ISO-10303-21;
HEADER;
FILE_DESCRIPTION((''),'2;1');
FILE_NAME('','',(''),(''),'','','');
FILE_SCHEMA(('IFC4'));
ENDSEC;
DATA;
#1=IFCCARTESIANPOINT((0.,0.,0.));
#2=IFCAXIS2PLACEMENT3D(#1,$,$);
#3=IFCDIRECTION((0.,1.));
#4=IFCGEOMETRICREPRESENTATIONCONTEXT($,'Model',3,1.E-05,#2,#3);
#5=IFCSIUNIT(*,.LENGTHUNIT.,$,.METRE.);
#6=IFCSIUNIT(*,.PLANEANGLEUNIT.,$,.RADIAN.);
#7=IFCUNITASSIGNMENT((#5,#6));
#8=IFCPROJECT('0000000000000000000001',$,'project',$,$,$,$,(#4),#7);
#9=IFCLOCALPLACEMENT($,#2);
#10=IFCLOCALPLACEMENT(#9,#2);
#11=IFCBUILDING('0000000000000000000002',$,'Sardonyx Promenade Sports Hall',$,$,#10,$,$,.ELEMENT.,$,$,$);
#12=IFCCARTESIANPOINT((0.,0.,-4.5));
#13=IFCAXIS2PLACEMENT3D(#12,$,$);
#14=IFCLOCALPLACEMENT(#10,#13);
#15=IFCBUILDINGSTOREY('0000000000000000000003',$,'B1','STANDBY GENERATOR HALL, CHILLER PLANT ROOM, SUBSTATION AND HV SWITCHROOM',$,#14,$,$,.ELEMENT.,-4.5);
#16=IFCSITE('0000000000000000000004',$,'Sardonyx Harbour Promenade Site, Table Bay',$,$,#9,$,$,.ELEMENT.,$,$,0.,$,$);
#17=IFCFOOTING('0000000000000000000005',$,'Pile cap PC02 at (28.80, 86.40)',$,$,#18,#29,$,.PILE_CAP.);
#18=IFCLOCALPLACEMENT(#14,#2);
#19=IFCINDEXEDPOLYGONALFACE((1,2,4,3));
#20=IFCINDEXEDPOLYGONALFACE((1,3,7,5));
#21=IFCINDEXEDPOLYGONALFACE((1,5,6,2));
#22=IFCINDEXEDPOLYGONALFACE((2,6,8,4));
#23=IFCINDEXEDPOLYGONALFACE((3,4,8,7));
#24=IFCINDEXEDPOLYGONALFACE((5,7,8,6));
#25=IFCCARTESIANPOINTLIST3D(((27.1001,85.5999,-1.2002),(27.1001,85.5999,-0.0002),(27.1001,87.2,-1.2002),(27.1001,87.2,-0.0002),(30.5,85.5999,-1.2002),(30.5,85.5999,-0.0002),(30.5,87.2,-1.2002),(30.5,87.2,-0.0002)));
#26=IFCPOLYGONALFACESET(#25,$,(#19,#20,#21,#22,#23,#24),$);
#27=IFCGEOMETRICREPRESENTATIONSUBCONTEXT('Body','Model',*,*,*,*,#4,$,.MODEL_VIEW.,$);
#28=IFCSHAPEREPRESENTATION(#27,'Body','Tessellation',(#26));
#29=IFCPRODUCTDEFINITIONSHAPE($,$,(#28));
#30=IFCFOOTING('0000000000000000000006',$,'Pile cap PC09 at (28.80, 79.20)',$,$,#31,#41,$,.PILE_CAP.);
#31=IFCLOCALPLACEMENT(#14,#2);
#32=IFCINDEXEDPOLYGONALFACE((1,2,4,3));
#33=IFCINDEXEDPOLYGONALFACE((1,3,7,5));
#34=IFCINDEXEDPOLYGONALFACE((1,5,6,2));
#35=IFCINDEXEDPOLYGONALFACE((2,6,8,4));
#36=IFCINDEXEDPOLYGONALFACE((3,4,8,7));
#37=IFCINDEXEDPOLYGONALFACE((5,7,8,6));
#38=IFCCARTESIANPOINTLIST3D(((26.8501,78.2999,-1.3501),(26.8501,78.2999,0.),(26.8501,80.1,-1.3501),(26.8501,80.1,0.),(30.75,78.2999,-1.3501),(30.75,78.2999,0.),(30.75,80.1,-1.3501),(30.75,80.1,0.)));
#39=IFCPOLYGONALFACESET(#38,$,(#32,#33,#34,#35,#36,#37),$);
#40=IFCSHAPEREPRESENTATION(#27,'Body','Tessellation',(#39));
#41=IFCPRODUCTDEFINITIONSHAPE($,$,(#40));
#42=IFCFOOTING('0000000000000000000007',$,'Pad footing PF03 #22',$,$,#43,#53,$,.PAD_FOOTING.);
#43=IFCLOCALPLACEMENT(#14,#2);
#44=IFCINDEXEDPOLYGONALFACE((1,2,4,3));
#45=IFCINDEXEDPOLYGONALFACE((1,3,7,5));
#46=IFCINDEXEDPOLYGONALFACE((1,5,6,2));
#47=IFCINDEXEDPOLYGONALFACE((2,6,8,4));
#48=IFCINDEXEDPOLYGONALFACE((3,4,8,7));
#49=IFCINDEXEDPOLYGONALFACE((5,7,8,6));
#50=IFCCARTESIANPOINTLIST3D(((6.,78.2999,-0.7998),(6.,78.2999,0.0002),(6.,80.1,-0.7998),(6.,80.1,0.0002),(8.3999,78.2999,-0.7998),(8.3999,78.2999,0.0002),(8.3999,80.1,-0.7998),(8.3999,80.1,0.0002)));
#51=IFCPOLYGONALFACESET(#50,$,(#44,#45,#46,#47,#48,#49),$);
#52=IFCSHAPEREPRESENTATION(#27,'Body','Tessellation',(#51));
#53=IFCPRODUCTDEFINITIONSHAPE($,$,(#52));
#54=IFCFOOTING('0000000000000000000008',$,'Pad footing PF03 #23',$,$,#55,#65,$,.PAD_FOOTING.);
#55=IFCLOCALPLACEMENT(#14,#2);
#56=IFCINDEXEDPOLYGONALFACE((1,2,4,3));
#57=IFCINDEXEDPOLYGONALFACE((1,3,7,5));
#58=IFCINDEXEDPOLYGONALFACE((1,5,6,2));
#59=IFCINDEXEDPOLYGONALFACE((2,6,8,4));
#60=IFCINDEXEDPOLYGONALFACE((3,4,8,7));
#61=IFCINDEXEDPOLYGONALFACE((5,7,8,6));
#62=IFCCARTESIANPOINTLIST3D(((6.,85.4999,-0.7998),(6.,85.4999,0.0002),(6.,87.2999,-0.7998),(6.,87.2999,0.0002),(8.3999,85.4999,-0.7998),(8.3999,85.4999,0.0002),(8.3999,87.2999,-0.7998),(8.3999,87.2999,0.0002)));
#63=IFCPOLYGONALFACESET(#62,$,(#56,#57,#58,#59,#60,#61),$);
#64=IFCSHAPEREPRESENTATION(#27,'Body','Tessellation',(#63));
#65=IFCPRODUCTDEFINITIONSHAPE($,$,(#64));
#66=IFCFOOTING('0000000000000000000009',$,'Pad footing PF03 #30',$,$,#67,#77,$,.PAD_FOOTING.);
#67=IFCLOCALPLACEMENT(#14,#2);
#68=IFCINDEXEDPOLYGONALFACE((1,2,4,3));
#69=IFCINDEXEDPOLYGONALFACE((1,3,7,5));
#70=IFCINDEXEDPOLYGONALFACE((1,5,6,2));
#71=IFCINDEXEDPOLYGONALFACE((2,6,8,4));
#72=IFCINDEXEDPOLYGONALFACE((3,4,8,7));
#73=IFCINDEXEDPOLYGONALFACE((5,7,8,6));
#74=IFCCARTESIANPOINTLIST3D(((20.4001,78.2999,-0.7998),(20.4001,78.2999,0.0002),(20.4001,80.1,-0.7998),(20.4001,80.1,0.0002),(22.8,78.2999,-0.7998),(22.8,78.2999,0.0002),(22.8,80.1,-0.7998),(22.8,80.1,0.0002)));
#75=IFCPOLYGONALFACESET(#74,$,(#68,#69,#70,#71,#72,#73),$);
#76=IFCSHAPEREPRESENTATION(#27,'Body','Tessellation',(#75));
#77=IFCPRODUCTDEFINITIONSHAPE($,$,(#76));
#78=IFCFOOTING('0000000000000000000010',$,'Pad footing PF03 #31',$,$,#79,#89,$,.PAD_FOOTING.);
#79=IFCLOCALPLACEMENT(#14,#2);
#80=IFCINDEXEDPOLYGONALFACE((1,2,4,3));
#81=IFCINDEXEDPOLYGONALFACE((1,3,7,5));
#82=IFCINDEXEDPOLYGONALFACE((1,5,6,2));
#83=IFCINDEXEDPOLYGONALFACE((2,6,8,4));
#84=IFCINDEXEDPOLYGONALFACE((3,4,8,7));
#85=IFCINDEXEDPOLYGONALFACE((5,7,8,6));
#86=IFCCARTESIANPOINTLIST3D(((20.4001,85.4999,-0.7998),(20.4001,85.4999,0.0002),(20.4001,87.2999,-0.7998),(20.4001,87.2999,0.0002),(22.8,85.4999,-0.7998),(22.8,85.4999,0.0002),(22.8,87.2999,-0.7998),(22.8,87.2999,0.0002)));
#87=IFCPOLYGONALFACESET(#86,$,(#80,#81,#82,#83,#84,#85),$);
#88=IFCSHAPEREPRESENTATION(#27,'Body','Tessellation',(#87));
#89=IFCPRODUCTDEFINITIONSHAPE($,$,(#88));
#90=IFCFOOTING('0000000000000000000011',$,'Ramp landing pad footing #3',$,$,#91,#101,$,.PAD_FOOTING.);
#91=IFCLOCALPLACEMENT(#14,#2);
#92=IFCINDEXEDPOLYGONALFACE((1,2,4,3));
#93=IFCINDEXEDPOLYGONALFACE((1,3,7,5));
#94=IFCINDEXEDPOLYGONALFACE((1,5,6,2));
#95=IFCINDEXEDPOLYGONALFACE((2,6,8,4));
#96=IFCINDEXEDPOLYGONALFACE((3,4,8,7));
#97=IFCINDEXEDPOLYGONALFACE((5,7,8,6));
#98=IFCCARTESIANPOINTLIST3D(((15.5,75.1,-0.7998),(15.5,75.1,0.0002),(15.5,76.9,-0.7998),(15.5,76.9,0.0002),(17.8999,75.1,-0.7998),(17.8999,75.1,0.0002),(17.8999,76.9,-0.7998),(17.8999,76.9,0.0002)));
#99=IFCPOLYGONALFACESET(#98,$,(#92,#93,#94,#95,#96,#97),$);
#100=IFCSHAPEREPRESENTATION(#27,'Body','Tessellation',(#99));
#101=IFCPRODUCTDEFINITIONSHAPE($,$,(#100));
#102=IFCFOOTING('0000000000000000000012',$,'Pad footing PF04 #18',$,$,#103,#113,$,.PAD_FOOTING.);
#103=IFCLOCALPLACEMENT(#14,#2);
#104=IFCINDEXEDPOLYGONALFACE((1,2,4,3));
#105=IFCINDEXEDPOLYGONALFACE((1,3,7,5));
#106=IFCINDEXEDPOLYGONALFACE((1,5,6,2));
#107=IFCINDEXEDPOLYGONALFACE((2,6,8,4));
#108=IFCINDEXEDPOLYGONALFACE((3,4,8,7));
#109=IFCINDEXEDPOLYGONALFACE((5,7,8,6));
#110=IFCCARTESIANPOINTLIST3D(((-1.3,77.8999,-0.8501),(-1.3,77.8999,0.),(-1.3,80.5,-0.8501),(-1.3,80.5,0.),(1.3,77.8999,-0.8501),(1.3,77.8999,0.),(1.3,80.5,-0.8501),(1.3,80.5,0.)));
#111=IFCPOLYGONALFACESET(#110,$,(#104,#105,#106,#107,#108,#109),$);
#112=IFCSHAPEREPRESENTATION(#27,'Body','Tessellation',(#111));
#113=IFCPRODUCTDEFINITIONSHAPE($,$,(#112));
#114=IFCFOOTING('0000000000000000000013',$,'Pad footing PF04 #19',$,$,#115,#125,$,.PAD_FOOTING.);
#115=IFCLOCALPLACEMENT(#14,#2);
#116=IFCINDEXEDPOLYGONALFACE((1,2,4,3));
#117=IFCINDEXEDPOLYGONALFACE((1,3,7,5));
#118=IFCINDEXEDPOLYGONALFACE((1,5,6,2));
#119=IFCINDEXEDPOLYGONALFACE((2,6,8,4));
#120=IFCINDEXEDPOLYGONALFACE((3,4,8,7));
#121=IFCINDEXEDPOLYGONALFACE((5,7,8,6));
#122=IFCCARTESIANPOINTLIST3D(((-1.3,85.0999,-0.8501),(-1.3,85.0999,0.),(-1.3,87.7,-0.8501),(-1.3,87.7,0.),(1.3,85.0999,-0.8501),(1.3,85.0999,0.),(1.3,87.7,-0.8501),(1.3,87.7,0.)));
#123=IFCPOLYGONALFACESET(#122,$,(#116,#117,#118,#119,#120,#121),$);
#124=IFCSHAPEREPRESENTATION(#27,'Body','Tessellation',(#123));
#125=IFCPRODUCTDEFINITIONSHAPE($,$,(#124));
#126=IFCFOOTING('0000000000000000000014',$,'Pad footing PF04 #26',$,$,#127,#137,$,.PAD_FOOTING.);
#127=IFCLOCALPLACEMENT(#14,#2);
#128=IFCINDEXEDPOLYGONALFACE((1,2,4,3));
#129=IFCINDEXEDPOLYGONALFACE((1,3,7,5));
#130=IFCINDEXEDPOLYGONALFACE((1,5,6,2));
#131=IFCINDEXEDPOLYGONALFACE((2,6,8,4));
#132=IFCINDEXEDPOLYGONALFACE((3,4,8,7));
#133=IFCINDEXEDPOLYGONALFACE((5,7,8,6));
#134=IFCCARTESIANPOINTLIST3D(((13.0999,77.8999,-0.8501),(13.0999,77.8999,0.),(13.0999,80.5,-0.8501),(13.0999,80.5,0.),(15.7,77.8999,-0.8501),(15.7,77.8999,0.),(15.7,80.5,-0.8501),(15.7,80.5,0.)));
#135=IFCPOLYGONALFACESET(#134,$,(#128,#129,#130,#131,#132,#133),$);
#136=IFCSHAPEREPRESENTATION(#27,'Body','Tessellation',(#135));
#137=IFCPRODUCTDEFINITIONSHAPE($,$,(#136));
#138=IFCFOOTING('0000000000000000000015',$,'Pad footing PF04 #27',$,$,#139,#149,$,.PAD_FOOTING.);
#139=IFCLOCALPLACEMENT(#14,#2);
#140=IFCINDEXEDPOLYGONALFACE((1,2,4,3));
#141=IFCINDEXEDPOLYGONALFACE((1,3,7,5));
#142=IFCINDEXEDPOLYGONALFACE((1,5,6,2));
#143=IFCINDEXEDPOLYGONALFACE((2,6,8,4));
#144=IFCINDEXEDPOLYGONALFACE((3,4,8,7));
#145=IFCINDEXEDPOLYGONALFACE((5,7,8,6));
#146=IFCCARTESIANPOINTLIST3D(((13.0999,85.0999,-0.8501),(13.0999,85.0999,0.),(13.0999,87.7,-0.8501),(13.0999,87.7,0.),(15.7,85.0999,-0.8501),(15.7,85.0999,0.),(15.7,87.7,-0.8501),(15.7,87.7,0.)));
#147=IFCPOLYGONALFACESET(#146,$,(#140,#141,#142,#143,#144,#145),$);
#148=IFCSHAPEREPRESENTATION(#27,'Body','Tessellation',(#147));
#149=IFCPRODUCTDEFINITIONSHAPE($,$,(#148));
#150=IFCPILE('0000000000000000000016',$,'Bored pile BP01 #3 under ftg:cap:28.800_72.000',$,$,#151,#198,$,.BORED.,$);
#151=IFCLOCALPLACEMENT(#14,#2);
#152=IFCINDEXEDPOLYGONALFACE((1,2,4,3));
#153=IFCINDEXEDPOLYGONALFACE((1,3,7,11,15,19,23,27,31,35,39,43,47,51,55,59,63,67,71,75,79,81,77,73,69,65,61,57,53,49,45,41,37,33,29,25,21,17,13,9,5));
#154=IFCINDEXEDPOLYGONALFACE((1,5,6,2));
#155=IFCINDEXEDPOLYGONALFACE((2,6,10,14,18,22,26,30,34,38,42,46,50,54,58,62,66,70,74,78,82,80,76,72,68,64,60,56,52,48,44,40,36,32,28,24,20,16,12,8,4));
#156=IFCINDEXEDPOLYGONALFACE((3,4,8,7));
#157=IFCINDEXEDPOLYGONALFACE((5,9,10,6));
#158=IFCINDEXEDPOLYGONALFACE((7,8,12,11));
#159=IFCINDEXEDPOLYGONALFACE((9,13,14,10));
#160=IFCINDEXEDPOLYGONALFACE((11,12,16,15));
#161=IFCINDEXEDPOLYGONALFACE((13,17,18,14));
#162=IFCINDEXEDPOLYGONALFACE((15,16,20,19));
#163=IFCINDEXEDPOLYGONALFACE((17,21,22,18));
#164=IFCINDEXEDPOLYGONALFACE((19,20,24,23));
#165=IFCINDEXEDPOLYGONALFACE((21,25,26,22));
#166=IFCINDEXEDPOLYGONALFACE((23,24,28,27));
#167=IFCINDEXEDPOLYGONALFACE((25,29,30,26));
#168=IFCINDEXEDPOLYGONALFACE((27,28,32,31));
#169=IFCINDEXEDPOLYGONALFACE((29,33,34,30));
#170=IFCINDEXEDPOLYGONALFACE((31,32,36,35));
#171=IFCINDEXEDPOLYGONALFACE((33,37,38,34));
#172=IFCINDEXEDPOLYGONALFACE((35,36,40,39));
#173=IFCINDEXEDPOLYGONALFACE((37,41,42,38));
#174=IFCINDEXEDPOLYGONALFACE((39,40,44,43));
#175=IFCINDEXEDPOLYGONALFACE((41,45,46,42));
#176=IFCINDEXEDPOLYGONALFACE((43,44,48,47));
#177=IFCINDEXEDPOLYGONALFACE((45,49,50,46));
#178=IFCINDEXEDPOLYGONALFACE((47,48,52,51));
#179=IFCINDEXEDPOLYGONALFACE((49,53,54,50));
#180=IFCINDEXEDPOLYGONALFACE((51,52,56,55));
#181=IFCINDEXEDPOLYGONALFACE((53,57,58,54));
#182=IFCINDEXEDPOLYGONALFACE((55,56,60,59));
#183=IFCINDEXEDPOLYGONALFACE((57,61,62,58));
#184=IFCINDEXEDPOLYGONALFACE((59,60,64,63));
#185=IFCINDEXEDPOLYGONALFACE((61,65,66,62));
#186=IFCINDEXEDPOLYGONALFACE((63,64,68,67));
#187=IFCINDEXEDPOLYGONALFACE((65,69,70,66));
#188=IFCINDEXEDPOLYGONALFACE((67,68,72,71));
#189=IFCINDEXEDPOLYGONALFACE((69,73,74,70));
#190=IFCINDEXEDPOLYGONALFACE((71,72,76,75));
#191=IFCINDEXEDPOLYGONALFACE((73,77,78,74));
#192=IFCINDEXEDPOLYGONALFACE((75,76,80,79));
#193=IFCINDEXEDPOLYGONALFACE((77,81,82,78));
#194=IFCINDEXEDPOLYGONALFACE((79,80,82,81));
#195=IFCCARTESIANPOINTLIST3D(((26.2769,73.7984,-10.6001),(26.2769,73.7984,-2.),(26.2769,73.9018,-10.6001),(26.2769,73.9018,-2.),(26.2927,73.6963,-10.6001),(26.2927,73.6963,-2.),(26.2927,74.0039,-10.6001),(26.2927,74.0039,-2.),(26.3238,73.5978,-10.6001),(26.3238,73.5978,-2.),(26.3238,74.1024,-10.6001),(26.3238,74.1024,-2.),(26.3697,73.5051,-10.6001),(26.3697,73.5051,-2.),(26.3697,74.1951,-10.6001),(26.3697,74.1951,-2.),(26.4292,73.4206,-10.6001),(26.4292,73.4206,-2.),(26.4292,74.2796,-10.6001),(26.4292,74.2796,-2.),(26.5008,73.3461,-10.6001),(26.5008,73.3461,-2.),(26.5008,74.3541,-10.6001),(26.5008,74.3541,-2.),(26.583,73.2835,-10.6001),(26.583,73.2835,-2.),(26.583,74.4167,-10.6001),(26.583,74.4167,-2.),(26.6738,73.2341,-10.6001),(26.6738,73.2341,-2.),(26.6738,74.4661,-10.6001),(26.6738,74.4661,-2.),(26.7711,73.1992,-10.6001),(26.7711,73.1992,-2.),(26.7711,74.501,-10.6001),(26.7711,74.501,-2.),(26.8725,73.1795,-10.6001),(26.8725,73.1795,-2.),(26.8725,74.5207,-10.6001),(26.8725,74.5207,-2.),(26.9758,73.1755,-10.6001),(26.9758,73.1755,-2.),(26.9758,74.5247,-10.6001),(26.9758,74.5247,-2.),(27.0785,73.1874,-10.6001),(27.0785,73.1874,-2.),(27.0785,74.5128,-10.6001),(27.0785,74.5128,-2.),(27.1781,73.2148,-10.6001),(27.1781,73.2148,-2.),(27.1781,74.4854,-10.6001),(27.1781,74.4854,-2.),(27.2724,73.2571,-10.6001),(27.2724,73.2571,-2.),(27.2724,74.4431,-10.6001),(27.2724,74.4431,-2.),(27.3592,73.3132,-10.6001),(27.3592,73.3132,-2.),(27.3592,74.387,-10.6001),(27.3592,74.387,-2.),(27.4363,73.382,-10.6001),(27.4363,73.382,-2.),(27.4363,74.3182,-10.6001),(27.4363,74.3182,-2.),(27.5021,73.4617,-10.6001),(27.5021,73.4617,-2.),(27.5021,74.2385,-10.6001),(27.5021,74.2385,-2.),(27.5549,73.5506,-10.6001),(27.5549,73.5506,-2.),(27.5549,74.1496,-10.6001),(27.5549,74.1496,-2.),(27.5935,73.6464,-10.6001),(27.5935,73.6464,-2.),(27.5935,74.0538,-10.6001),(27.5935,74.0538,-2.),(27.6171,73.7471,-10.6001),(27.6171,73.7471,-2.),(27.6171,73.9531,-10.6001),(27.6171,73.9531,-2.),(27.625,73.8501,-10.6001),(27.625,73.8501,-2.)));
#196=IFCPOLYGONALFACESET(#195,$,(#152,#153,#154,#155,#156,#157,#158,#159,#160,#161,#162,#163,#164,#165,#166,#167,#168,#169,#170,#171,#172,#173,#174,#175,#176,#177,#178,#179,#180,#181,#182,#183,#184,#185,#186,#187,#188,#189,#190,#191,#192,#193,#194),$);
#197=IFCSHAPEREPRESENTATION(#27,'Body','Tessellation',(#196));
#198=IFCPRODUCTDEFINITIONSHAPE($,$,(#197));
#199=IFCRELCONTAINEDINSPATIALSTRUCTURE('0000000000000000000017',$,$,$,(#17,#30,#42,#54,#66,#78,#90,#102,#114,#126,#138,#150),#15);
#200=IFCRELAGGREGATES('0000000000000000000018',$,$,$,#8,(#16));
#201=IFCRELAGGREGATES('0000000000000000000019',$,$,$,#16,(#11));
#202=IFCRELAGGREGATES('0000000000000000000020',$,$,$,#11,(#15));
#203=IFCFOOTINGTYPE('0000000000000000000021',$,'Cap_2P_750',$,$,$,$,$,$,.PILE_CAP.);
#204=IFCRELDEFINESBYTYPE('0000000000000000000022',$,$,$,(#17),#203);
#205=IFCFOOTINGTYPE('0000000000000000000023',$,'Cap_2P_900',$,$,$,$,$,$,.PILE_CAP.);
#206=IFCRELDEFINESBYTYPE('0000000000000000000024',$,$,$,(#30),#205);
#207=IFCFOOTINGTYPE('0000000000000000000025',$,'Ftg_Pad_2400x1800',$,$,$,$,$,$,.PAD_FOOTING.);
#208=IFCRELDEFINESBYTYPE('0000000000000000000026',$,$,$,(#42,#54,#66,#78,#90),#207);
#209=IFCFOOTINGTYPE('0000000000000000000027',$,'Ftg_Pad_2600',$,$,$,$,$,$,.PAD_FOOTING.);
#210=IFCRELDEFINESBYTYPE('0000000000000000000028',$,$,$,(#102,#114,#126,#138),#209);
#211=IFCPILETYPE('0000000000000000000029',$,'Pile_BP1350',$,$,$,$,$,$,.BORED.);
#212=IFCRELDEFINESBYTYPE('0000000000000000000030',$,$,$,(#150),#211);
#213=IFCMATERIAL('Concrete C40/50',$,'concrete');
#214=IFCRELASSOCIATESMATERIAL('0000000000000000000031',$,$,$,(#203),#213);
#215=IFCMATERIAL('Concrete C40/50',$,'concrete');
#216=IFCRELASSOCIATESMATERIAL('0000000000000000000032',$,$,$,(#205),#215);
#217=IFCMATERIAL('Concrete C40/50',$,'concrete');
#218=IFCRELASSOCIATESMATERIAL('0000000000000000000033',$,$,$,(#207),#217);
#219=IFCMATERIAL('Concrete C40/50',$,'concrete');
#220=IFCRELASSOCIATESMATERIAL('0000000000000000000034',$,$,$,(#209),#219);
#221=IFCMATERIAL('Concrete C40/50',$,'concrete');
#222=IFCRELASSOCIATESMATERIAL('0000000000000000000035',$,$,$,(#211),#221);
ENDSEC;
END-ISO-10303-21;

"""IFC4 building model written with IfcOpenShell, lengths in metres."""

from ifc_helpers import new_model, si_unit, direction, frame, origin, origin_2d, place, context, subcontext, project, spatial, rectangle, circle, extrude, material, material_profile, profile_set, type_object, element, save


model = new_model("IFC4")

# Units and contexts
model_context = context("Model", 3, precision=1e-05, world=origin(), true_north=direction((0.0, 1.0)))
body_context = subcontext(model_context, "Body", "Model", "MODEL_VIEW")
ifc_project = project(units=[si_unit("LENGTHUNIT", "METRE"), si_unit("PLANEANGLEUNIT", "RADIAN")], contexts=[model_context])

# Site, building, storey
site_placement = place(None, origin())
site = spatial("IfcSite", under=ifc_project, at=site_placement, Name="Sardonyx Harbour Promenade Site, Table Bay", CompositionType="ELEMENT", RefElevation=0.0)
building_placement = place(site_placement, origin())
building = spatial("IfcBuilding", under=site, at=building_placement, Name="Sardonyx Promenade Sports Hall", CompositionType="ELEMENT")
storey_placement = place(building_placement, frame((0.0, 0.0, -4.5)))
storey = spatial("IfcBuildingStorey", under=building, at=storey_placement, Name="B1", Description="STANDBY GENERATOR HALL, CHILLER PLANT ROOM, SUBSTATION AND HV SWITCHROOM", CompositionType="ELEMENT", Elevation=-4.5)

# Footings
ifc_material_1 = material(Name="Concrete C40/50", Category="concrete")
footing_type_1 = type_object("IfcFootingType", Name="Cap_2P_750", PredefinedType="PILE_CAP", material=ifc_material_1)
footing_1_placement = place(storey_placement, frame((28.8, 86.3999, -1.2002), z_axis=(0.0, 0.0, 1.0), x_axis=(1.0, 0.0, 0.0)))
element("IfcFooting", 1, at=footing_1_placement, inside=storey, type_object=footing_type_1, Name="Pile cap PC02 at (28.80, 86.40)", PredefinedType="PILE_CAP", context=body_context, shape_type="SweptSolid", body=[
    extrude(rectangle(XDim=3.3999, YDim=1.6001, at=origin_2d()), origin(), (0.0, 0.0, 1.0), 1.2),
])
ifc_material_2 = material(Name="Concrete C40/50", Category="concrete")
footing_type_2 = type_object("IfcFootingType", Name="Cap_2P_900", PredefinedType="PILE_CAP", material=ifc_material_2)
footing_2_placement = place(storey_placement, frame((28.8, 79.2, -1.3501), z_axis=(0.0, 0.0, 1.0), x_axis=(1.0, 0.0, 0.0)))
element("IfcFooting", 2, at=footing_2_placement, inside=storey, type_object=footing_type_2, Name="Pile cap PC09 at (28.80, 79.20)", PredefinedType="PILE_CAP", context=body_context, shape_type="SweptSolid", body=[
    extrude(rectangle(XDim=3.8999, YDim=1.8, at=origin_2d()), origin(), (0.0, 0.0, 1.0), 1.3501),
])
ifc_material_3 = material(Name="Concrete C40/50", Category="concrete")
footing_type_3 = type_object("IfcFootingType", Name="Ftg_Pad_2400x1800", PredefinedType="PAD_FOOTING", material=ifc_material_3)
for number, where, z_axis, x_axis, name in (
    (3, (7.2, 79.2, -0.7998), (0.0, 0.0, 1.0), (1.0, 0.0, 0.0), "Pad footing PF03 #22"),
    (4, (7.2, 86.3999, -0.7998), (0.0, 0.0, 1.0), (1.0, 0.0, 0.0), "Pad footing PF03 #23"),
    (5, (21.6001, 79.2, -0.7998), (0.0, 0.0, 1.0), (1.0, 0.0, 0.0), "Pad footing PF03 #30"),
    (6, (21.6001, 86.3999, -0.7998), (0.0, 0.0, 1.0), (1.0, 0.0, 0.0), "Pad footing PF03 #31"),
    (7, (16.7, 76.0, -0.7998), (0.0, 0.0, 1.0), (1.0, 0.0, 0.0), "Ramp landing pad footing #3"),
):
    element("IfcFooting", number, at=place(storey_placement, frame(where, z_axis=z_axis, x_axis=x_axis)), inside=storey, type_object=footing_type_3, Name=name, PredefinedType="PAD_FOOTING", context=body_context, shape_type="SweptSolid", body=[
        extrude(rectangle(XDim=2.3999, YDim=1.8, at=origin_2d()), origin(), (0.0, 0.0, 1.0), 0.8),
    ])
ifc_material_4 = material(Name="Concrete C40/50", Category="concrete")
footing_type_4 = type_object("IfcFootingType", Name="Ftg_Pad_2600", PredefinedType="PAD_FOOTING", material=ifc_material_4)
for number, where, z_axis, x_axis, name in (
    (8, (0.0, 79.2, -0.8501), (0.0, 0.0, 1.0), (1.0, 0.0, 0.0), "Pad footing PF04 #18"),
    (9, (0.0, 86.3999, -0.8501), (0.0, 0.0, 1.0), (1.0, 0.0, 0.0), "Pad footing PF04 #19"),
    (10, (14.3999, 79.2, -0.8501), (0.0, 0.0, 1.0), (1.0, 0.0, 0.0), "Pad footing PF04 #26"),
    (11, (14.3999, 86.3999, -0.8501), (0.0, 0.0, 1.0), (1.0, 0.0, 0.0), "Pad footing PF04 #27"),
):
    element("IfcFooting", number, at=place(storey_placement, frame(where, z_axis=z_axis, x_axis=x_axis)), inside=storey, type_object=footing_type_4, Name=name, PredefinedType="PAD_FOOTING", context=body_context, shape_type="SweptSolid", body=[
        extrude(rectangle(XDim=2.6001, YDim=2.6001, at=origin_2d()), origin(), (0.0, 0.0, 1.0), 0.8501),
    ])

# Pile
ifc_material_5 = material(Name="Concrete C40/50", Category="concrete")
ifc_material_profile_1 = material_profile(ifc_material_5, circle(Radius=0.675, at=origin_2d()))
ifc_profile_set_1 = profile_set([ifc_material_profile_1], Name="Concrete C40/50")
pile_type_1 = type_object("IfcPileType", Name="Pile_BP1350", PredefinedType="BORED", material=ifc_profile_set_1)
pile_1_placement = place(storey_placement, frame((26.95, 73.8501, -2.0), z_axis=(0.0, 0.0, -1.0), x_axis=(1.0, 0.0, 0.0)))
element("IfcPile", 12, at=pile_1_placement, inside=storey, type_object=pile_type_1, Name="Bored pile BP01 #3 under ftg:cap:28.800_72.000", PredefinedType="BORED", context=body_context, shape_type="SweptSolid", body=[
    extrude(circle(Radius=0.675, at=origin_2d()), origin(), (0.0, 0.0, 1.0), 8.6001),
])

save(model, "model.ifc")
